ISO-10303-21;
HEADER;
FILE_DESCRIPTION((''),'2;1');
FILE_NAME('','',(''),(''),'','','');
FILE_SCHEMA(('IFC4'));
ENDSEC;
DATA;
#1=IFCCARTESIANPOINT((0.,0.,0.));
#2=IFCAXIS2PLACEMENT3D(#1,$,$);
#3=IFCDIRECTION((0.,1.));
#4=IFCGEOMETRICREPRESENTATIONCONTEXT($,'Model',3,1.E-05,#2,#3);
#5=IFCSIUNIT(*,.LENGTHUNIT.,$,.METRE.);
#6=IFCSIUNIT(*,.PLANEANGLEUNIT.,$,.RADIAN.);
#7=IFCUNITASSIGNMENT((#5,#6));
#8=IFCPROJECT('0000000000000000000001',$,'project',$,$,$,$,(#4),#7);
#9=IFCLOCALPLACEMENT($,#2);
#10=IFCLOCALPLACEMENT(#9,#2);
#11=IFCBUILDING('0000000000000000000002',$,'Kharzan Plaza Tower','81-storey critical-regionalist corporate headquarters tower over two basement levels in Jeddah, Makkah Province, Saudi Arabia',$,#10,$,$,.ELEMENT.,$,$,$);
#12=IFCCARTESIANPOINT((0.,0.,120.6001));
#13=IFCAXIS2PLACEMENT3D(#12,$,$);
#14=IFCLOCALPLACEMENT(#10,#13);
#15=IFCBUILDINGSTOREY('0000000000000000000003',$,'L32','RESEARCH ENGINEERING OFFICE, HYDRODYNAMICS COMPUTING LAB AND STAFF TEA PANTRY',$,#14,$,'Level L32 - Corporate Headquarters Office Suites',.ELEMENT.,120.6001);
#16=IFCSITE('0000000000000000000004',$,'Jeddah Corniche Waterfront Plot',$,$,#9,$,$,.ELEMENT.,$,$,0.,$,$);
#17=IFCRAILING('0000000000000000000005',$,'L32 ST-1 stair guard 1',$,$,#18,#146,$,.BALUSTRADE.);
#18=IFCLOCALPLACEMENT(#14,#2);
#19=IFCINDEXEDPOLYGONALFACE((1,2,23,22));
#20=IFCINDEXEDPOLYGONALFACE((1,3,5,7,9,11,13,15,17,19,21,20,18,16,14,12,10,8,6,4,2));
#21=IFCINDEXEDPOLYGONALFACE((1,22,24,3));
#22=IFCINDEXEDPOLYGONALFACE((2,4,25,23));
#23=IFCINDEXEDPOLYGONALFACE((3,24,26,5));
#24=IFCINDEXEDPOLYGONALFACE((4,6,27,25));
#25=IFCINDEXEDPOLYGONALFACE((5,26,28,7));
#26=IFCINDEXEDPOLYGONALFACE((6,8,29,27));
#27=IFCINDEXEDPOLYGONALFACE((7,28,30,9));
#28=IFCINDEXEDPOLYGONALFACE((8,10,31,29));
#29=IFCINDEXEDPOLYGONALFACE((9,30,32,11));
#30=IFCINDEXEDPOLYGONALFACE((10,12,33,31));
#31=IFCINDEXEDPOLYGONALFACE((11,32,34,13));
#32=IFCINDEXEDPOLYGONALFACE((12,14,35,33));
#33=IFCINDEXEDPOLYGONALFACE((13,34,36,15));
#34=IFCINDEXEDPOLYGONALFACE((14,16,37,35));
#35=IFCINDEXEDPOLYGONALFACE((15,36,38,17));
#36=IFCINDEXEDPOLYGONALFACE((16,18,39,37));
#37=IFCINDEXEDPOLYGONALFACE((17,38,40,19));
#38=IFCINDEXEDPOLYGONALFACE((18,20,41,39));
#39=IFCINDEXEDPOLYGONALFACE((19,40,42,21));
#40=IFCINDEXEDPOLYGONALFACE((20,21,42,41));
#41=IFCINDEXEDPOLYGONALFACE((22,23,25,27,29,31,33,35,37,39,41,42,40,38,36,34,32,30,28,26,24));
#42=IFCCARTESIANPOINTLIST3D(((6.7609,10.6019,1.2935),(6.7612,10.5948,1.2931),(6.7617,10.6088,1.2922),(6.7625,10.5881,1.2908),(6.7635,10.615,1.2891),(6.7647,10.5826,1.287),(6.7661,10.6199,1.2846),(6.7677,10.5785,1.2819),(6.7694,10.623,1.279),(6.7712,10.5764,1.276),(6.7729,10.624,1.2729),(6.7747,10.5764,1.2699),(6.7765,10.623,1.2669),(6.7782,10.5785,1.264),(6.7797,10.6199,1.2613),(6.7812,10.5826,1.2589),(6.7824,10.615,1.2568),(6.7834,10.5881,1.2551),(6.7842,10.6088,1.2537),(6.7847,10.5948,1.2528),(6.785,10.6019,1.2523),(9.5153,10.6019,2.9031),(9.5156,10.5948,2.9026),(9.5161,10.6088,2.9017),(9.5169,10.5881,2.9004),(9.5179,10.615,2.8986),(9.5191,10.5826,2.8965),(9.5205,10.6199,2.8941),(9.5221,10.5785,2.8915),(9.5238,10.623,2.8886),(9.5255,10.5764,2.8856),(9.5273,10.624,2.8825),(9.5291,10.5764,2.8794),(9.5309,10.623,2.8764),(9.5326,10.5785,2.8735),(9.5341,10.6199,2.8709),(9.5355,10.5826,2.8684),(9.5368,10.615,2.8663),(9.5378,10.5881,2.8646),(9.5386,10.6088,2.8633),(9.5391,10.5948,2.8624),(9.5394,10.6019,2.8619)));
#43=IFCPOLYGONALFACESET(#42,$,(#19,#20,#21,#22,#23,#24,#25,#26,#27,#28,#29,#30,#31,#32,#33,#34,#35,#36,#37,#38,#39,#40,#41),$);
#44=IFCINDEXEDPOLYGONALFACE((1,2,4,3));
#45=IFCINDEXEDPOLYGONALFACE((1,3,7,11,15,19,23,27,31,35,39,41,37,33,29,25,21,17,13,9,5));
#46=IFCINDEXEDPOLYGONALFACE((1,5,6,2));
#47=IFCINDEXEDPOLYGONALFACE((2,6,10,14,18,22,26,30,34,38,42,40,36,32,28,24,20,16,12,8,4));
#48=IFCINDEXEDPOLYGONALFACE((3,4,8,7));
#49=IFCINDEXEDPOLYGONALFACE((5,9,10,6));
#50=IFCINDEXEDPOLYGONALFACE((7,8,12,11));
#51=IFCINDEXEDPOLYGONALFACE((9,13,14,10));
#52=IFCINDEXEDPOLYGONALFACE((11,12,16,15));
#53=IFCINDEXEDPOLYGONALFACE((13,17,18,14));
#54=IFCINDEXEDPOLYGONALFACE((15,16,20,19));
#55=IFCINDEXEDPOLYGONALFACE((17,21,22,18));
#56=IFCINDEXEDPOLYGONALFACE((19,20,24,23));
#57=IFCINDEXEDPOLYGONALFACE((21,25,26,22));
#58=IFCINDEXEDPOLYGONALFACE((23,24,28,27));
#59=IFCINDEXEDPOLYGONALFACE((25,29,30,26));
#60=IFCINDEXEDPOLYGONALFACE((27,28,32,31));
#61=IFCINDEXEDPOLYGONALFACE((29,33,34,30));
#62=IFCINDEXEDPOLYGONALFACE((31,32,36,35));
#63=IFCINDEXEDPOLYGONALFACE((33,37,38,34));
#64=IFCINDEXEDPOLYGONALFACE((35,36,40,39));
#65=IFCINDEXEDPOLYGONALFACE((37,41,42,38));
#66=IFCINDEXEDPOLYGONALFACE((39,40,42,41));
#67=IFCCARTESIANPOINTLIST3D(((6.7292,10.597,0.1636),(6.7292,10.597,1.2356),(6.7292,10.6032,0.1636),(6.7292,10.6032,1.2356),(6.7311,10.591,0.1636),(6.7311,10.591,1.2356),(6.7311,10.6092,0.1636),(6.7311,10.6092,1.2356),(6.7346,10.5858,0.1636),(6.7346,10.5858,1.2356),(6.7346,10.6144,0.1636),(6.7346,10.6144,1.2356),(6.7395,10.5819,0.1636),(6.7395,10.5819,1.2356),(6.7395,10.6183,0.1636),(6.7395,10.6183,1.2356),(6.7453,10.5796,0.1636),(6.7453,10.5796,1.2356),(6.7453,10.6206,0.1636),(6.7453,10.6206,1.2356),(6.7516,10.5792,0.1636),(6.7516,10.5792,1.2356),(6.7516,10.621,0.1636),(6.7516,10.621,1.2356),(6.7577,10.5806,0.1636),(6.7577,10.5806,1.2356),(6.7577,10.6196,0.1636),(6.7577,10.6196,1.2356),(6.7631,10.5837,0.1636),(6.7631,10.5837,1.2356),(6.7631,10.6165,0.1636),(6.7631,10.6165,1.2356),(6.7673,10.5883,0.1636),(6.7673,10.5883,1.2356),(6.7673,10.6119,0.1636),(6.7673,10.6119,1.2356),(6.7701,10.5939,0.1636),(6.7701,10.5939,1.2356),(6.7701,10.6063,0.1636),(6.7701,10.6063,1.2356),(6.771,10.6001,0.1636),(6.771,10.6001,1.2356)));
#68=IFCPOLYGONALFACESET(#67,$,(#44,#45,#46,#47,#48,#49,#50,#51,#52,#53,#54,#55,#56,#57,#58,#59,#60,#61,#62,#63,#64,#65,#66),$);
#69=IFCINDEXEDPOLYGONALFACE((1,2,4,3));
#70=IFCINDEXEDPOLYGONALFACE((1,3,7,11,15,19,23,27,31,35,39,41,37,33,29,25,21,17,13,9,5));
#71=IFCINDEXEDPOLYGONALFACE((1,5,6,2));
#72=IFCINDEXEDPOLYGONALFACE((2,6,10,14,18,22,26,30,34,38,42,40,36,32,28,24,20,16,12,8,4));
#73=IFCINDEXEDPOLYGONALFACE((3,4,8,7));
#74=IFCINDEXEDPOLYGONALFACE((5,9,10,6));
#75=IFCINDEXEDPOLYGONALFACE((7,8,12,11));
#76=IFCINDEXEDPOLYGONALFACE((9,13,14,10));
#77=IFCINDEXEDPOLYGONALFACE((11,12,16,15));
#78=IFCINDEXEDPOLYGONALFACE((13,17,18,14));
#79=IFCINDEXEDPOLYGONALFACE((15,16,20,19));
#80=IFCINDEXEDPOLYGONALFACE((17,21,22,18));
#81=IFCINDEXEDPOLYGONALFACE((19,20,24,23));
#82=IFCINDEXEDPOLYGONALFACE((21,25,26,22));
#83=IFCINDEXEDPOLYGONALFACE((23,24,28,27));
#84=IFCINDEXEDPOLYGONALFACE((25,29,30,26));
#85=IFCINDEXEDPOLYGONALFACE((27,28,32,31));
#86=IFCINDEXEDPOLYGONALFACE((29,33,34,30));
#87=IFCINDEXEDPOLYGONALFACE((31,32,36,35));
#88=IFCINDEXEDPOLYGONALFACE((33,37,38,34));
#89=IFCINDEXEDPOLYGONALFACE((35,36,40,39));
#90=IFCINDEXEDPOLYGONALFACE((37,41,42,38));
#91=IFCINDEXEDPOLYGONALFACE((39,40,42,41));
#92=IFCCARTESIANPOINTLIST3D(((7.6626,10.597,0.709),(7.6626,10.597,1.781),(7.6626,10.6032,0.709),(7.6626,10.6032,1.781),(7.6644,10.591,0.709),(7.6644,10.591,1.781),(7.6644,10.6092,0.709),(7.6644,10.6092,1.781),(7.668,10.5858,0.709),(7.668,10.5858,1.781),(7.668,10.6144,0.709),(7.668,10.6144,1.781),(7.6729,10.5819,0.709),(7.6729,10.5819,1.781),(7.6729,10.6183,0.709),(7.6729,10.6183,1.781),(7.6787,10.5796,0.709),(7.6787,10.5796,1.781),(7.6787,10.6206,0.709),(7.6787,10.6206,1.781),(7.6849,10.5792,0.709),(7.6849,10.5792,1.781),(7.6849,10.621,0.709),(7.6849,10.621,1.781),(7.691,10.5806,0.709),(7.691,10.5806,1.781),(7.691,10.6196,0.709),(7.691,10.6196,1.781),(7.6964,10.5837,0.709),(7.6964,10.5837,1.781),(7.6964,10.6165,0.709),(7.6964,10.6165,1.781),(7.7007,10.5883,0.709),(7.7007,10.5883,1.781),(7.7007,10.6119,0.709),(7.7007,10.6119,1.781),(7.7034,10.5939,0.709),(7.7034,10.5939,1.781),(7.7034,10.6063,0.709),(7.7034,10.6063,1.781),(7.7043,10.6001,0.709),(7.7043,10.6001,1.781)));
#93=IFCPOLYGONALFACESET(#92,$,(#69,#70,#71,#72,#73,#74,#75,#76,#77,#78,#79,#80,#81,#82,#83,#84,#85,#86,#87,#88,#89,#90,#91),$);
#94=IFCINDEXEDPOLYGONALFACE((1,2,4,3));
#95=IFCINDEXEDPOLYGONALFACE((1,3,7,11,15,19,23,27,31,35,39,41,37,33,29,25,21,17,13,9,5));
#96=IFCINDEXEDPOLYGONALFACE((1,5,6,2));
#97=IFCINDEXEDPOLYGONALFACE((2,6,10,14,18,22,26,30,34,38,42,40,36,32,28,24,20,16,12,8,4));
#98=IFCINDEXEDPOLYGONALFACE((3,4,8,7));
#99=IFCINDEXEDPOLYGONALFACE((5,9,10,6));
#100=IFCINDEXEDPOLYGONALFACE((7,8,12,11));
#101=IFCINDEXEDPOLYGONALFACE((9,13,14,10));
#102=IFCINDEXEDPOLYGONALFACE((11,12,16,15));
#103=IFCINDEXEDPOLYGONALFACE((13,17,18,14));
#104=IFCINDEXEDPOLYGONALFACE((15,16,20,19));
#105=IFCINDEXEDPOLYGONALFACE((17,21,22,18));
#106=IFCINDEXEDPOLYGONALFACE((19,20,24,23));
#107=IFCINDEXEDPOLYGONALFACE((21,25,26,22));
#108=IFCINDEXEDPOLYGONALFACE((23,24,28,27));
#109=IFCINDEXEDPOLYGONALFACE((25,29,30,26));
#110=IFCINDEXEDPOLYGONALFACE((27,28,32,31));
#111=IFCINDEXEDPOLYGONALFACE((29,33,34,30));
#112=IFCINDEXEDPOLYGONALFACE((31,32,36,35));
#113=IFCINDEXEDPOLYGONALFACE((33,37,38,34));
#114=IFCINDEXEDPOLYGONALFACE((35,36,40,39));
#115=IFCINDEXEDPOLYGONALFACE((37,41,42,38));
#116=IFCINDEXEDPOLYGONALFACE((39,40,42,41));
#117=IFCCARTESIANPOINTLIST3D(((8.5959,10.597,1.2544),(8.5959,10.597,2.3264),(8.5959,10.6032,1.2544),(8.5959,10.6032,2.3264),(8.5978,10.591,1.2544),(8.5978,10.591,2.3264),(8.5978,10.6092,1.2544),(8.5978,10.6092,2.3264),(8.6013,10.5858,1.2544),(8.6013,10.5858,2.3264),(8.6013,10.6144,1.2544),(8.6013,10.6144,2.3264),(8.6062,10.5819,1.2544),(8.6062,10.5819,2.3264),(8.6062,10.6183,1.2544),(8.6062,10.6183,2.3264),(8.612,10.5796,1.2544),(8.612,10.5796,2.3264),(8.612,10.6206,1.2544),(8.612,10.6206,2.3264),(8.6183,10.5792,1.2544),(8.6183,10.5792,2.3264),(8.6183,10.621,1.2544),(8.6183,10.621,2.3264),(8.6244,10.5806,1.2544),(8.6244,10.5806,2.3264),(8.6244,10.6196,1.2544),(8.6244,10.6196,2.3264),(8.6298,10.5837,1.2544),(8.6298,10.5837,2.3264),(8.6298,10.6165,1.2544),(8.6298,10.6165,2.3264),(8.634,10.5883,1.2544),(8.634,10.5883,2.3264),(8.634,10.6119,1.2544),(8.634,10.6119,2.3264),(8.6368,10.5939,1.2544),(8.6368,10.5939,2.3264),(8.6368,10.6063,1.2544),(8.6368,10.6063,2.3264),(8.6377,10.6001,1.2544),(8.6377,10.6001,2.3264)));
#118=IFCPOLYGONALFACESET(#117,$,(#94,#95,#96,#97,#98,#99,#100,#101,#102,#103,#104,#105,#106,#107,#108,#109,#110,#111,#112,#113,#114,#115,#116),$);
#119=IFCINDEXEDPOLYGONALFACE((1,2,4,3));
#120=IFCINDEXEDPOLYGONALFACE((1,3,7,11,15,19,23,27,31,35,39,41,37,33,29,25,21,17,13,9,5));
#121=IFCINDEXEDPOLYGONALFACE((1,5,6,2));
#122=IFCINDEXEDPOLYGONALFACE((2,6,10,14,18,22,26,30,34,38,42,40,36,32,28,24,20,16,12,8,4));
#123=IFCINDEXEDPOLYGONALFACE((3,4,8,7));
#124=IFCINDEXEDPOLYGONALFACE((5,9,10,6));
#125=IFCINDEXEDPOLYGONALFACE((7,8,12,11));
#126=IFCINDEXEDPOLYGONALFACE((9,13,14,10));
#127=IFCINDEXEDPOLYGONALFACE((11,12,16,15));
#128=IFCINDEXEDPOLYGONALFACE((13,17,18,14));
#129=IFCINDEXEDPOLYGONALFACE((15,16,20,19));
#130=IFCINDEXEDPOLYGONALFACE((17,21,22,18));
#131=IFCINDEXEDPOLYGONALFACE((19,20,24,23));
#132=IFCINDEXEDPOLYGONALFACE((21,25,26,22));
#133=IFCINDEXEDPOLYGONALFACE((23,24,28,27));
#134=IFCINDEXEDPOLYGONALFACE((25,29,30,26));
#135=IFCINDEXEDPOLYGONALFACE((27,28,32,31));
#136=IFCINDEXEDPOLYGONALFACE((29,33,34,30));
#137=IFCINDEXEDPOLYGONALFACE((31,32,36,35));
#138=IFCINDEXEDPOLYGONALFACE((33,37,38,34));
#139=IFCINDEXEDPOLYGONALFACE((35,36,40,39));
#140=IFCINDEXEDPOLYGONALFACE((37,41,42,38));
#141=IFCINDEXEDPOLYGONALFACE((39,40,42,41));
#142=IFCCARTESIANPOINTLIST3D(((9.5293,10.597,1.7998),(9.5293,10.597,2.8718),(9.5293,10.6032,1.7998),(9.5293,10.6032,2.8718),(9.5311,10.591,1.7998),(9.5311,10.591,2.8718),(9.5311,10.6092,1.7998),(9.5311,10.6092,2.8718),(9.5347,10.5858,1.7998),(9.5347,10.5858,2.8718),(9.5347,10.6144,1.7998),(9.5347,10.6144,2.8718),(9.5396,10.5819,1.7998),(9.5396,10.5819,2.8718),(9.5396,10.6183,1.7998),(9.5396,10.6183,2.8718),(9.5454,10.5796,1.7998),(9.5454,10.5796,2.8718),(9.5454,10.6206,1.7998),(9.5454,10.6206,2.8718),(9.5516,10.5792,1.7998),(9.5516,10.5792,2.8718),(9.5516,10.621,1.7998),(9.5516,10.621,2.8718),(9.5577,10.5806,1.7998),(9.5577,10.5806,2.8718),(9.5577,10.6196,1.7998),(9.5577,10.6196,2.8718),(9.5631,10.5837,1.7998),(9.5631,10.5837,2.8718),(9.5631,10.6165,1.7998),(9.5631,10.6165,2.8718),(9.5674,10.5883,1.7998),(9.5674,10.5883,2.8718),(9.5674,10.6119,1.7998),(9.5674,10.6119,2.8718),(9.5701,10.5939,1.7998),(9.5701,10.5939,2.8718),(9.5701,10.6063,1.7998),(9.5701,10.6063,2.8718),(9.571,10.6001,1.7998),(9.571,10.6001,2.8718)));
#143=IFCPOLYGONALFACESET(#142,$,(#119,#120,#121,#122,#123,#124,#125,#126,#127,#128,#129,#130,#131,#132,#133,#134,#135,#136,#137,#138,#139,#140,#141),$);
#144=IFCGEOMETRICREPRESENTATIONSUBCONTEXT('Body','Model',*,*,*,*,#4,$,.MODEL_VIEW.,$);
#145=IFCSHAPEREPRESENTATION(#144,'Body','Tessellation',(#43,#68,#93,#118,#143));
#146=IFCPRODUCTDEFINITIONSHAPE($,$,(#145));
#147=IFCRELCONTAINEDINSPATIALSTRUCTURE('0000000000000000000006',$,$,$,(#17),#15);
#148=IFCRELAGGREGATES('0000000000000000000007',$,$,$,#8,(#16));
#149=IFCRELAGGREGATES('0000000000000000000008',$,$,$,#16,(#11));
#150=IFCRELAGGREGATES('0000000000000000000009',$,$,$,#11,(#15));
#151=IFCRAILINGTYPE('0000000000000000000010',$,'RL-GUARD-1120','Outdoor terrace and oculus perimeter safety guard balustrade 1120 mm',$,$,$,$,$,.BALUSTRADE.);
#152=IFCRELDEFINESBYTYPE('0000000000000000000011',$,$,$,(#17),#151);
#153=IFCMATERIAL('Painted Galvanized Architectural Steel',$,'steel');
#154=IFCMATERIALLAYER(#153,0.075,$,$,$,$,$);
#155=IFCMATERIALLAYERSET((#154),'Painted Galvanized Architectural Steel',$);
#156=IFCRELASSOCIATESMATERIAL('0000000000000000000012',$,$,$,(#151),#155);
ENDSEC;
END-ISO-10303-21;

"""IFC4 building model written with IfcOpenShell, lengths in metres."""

from ifc_helpers import new_model, si_unit, direction, frame, origin, origin_2d, place, context, subcontext, project, spatial, circle, extrude, source, transform, mapped, material, layer, layer_set, type_object, element, save


model = new_model("IFC4")

# Units and contexts
model_context = context("Model", 3, precision=1e-05, world=origin(), true_north=direction((0.0, 1.0)))
body_context = subcontext(model_context, "Body", "Model", "MODEL_VIEW")
ifc_project = project(units=[si_unit("LENGTHUNIT", "METRE"), si_unit("PLANEANGLEUNIT", "RADIAN")], contexts=[model_context])

# Site, building, storey
site_placement = place(None, origin())
site = spatial("IfcSite", under=ifc_project, at=site_placement, Name="Jeddah Corniche Waterfront Plot", CompositionType="ELEMENT", RefElevation=0.0)
building_placement = place(site_placement, origin())
building = spatial("IfcBuilding", under=site, at=building_placement, Name="Kharzan Plaza Tower", Description="81-storey critical-regionalist corporate headquarters tower over two basement levels in Jeddah, Makkah Province, Saudi Arabia", CompositionType="ELEMENT")
storey_placement = place(building_placement, frame((0.0, 0.0, 120.6001)))
storey = spatial("IfcBuildingStorey", under=building, at=storey_placement, Name="L32", Description="RESEARCH ENGINEERING OFFICE, HYDRODYNAMICS COMPUTING LAB AND STAFF TEA PANTRY", LongName="Level L32 - Corporate Headquarters Office Suites", CompositionType="ELEMENT", Elevation=120.6001)

# Railing
ifc_material_1 = material(Name="Painted Galvanized Architectural Steel", Category="steel")
ifc_layer_1 = layer(ifc_material_1, 0.075)
ifc_layer_set_1 = layer_set([ifc_layer_1], Name="Painted Galvanized Architectural Steel")
railing_type_1 = type_object("IfcRailingType", Name="RL-GUARD-1120", Description="Outdoor terrace and oculus perimeter safety guard balustrade 1120 mm", PredefinedType="BALUSTRADE", material=ifc_layer_set_1)
shared_shape_1 = source(origin(), body_context, "Body", "SweptSolid", [
    extrude(circle(Radius=0.0239, at=origin_2d()), frame((0.0229, 0.0, 1.1094), z_axis=(0.863394, 0.0, 0.504531), x_axis=(0.0, 1.0, 0.0)), (0.0, 0.0, 1.0), 3.1902),
    extrude(circle(Radius=0.021, at=origin_2d()), origin(), (0.0, 0.0, 1.0), 1.072),
    extrude(circle(Radius=0.021, at=origin_2d()), frame((0.9333, 0.0, 0.5454)), (0.0, 0.0, 1.0), 1.072),
    extrude(circle(Radius=0.021, at=origin_2d()), frame((1.8667, 0.0, 1.0908)), (0.0, 0.0, 1.0), 1.072),
    extrude(circle(Radius=0.021, at=origin_2d()), frame((2.8, 0.0, 1.6362)), (0.0, 0.0, 1.0), 1.072),
])
railing_1_placement = place(storey_placement, frame((6.75, 10.6001, 0.1636)))
element("IfcRailing", 1, at=railing_1_placement, inside=storey, type_object=railing_type_1, Name="L32 ST-1 stair guard 1", PredefinedType="BALUSTRADE", context=body_context, shape_type="MappedRepresentation", body=[
    mapped(shared_shape_1, transform((0.0, 0.0, 0.0), x_axis=(1.0, 0.0, 0.0), y_axis=(0.0, 1.0, 0.0), z_axis=(0.0, 0.0, 1.0))),
])

save(model, "model.ifc")
